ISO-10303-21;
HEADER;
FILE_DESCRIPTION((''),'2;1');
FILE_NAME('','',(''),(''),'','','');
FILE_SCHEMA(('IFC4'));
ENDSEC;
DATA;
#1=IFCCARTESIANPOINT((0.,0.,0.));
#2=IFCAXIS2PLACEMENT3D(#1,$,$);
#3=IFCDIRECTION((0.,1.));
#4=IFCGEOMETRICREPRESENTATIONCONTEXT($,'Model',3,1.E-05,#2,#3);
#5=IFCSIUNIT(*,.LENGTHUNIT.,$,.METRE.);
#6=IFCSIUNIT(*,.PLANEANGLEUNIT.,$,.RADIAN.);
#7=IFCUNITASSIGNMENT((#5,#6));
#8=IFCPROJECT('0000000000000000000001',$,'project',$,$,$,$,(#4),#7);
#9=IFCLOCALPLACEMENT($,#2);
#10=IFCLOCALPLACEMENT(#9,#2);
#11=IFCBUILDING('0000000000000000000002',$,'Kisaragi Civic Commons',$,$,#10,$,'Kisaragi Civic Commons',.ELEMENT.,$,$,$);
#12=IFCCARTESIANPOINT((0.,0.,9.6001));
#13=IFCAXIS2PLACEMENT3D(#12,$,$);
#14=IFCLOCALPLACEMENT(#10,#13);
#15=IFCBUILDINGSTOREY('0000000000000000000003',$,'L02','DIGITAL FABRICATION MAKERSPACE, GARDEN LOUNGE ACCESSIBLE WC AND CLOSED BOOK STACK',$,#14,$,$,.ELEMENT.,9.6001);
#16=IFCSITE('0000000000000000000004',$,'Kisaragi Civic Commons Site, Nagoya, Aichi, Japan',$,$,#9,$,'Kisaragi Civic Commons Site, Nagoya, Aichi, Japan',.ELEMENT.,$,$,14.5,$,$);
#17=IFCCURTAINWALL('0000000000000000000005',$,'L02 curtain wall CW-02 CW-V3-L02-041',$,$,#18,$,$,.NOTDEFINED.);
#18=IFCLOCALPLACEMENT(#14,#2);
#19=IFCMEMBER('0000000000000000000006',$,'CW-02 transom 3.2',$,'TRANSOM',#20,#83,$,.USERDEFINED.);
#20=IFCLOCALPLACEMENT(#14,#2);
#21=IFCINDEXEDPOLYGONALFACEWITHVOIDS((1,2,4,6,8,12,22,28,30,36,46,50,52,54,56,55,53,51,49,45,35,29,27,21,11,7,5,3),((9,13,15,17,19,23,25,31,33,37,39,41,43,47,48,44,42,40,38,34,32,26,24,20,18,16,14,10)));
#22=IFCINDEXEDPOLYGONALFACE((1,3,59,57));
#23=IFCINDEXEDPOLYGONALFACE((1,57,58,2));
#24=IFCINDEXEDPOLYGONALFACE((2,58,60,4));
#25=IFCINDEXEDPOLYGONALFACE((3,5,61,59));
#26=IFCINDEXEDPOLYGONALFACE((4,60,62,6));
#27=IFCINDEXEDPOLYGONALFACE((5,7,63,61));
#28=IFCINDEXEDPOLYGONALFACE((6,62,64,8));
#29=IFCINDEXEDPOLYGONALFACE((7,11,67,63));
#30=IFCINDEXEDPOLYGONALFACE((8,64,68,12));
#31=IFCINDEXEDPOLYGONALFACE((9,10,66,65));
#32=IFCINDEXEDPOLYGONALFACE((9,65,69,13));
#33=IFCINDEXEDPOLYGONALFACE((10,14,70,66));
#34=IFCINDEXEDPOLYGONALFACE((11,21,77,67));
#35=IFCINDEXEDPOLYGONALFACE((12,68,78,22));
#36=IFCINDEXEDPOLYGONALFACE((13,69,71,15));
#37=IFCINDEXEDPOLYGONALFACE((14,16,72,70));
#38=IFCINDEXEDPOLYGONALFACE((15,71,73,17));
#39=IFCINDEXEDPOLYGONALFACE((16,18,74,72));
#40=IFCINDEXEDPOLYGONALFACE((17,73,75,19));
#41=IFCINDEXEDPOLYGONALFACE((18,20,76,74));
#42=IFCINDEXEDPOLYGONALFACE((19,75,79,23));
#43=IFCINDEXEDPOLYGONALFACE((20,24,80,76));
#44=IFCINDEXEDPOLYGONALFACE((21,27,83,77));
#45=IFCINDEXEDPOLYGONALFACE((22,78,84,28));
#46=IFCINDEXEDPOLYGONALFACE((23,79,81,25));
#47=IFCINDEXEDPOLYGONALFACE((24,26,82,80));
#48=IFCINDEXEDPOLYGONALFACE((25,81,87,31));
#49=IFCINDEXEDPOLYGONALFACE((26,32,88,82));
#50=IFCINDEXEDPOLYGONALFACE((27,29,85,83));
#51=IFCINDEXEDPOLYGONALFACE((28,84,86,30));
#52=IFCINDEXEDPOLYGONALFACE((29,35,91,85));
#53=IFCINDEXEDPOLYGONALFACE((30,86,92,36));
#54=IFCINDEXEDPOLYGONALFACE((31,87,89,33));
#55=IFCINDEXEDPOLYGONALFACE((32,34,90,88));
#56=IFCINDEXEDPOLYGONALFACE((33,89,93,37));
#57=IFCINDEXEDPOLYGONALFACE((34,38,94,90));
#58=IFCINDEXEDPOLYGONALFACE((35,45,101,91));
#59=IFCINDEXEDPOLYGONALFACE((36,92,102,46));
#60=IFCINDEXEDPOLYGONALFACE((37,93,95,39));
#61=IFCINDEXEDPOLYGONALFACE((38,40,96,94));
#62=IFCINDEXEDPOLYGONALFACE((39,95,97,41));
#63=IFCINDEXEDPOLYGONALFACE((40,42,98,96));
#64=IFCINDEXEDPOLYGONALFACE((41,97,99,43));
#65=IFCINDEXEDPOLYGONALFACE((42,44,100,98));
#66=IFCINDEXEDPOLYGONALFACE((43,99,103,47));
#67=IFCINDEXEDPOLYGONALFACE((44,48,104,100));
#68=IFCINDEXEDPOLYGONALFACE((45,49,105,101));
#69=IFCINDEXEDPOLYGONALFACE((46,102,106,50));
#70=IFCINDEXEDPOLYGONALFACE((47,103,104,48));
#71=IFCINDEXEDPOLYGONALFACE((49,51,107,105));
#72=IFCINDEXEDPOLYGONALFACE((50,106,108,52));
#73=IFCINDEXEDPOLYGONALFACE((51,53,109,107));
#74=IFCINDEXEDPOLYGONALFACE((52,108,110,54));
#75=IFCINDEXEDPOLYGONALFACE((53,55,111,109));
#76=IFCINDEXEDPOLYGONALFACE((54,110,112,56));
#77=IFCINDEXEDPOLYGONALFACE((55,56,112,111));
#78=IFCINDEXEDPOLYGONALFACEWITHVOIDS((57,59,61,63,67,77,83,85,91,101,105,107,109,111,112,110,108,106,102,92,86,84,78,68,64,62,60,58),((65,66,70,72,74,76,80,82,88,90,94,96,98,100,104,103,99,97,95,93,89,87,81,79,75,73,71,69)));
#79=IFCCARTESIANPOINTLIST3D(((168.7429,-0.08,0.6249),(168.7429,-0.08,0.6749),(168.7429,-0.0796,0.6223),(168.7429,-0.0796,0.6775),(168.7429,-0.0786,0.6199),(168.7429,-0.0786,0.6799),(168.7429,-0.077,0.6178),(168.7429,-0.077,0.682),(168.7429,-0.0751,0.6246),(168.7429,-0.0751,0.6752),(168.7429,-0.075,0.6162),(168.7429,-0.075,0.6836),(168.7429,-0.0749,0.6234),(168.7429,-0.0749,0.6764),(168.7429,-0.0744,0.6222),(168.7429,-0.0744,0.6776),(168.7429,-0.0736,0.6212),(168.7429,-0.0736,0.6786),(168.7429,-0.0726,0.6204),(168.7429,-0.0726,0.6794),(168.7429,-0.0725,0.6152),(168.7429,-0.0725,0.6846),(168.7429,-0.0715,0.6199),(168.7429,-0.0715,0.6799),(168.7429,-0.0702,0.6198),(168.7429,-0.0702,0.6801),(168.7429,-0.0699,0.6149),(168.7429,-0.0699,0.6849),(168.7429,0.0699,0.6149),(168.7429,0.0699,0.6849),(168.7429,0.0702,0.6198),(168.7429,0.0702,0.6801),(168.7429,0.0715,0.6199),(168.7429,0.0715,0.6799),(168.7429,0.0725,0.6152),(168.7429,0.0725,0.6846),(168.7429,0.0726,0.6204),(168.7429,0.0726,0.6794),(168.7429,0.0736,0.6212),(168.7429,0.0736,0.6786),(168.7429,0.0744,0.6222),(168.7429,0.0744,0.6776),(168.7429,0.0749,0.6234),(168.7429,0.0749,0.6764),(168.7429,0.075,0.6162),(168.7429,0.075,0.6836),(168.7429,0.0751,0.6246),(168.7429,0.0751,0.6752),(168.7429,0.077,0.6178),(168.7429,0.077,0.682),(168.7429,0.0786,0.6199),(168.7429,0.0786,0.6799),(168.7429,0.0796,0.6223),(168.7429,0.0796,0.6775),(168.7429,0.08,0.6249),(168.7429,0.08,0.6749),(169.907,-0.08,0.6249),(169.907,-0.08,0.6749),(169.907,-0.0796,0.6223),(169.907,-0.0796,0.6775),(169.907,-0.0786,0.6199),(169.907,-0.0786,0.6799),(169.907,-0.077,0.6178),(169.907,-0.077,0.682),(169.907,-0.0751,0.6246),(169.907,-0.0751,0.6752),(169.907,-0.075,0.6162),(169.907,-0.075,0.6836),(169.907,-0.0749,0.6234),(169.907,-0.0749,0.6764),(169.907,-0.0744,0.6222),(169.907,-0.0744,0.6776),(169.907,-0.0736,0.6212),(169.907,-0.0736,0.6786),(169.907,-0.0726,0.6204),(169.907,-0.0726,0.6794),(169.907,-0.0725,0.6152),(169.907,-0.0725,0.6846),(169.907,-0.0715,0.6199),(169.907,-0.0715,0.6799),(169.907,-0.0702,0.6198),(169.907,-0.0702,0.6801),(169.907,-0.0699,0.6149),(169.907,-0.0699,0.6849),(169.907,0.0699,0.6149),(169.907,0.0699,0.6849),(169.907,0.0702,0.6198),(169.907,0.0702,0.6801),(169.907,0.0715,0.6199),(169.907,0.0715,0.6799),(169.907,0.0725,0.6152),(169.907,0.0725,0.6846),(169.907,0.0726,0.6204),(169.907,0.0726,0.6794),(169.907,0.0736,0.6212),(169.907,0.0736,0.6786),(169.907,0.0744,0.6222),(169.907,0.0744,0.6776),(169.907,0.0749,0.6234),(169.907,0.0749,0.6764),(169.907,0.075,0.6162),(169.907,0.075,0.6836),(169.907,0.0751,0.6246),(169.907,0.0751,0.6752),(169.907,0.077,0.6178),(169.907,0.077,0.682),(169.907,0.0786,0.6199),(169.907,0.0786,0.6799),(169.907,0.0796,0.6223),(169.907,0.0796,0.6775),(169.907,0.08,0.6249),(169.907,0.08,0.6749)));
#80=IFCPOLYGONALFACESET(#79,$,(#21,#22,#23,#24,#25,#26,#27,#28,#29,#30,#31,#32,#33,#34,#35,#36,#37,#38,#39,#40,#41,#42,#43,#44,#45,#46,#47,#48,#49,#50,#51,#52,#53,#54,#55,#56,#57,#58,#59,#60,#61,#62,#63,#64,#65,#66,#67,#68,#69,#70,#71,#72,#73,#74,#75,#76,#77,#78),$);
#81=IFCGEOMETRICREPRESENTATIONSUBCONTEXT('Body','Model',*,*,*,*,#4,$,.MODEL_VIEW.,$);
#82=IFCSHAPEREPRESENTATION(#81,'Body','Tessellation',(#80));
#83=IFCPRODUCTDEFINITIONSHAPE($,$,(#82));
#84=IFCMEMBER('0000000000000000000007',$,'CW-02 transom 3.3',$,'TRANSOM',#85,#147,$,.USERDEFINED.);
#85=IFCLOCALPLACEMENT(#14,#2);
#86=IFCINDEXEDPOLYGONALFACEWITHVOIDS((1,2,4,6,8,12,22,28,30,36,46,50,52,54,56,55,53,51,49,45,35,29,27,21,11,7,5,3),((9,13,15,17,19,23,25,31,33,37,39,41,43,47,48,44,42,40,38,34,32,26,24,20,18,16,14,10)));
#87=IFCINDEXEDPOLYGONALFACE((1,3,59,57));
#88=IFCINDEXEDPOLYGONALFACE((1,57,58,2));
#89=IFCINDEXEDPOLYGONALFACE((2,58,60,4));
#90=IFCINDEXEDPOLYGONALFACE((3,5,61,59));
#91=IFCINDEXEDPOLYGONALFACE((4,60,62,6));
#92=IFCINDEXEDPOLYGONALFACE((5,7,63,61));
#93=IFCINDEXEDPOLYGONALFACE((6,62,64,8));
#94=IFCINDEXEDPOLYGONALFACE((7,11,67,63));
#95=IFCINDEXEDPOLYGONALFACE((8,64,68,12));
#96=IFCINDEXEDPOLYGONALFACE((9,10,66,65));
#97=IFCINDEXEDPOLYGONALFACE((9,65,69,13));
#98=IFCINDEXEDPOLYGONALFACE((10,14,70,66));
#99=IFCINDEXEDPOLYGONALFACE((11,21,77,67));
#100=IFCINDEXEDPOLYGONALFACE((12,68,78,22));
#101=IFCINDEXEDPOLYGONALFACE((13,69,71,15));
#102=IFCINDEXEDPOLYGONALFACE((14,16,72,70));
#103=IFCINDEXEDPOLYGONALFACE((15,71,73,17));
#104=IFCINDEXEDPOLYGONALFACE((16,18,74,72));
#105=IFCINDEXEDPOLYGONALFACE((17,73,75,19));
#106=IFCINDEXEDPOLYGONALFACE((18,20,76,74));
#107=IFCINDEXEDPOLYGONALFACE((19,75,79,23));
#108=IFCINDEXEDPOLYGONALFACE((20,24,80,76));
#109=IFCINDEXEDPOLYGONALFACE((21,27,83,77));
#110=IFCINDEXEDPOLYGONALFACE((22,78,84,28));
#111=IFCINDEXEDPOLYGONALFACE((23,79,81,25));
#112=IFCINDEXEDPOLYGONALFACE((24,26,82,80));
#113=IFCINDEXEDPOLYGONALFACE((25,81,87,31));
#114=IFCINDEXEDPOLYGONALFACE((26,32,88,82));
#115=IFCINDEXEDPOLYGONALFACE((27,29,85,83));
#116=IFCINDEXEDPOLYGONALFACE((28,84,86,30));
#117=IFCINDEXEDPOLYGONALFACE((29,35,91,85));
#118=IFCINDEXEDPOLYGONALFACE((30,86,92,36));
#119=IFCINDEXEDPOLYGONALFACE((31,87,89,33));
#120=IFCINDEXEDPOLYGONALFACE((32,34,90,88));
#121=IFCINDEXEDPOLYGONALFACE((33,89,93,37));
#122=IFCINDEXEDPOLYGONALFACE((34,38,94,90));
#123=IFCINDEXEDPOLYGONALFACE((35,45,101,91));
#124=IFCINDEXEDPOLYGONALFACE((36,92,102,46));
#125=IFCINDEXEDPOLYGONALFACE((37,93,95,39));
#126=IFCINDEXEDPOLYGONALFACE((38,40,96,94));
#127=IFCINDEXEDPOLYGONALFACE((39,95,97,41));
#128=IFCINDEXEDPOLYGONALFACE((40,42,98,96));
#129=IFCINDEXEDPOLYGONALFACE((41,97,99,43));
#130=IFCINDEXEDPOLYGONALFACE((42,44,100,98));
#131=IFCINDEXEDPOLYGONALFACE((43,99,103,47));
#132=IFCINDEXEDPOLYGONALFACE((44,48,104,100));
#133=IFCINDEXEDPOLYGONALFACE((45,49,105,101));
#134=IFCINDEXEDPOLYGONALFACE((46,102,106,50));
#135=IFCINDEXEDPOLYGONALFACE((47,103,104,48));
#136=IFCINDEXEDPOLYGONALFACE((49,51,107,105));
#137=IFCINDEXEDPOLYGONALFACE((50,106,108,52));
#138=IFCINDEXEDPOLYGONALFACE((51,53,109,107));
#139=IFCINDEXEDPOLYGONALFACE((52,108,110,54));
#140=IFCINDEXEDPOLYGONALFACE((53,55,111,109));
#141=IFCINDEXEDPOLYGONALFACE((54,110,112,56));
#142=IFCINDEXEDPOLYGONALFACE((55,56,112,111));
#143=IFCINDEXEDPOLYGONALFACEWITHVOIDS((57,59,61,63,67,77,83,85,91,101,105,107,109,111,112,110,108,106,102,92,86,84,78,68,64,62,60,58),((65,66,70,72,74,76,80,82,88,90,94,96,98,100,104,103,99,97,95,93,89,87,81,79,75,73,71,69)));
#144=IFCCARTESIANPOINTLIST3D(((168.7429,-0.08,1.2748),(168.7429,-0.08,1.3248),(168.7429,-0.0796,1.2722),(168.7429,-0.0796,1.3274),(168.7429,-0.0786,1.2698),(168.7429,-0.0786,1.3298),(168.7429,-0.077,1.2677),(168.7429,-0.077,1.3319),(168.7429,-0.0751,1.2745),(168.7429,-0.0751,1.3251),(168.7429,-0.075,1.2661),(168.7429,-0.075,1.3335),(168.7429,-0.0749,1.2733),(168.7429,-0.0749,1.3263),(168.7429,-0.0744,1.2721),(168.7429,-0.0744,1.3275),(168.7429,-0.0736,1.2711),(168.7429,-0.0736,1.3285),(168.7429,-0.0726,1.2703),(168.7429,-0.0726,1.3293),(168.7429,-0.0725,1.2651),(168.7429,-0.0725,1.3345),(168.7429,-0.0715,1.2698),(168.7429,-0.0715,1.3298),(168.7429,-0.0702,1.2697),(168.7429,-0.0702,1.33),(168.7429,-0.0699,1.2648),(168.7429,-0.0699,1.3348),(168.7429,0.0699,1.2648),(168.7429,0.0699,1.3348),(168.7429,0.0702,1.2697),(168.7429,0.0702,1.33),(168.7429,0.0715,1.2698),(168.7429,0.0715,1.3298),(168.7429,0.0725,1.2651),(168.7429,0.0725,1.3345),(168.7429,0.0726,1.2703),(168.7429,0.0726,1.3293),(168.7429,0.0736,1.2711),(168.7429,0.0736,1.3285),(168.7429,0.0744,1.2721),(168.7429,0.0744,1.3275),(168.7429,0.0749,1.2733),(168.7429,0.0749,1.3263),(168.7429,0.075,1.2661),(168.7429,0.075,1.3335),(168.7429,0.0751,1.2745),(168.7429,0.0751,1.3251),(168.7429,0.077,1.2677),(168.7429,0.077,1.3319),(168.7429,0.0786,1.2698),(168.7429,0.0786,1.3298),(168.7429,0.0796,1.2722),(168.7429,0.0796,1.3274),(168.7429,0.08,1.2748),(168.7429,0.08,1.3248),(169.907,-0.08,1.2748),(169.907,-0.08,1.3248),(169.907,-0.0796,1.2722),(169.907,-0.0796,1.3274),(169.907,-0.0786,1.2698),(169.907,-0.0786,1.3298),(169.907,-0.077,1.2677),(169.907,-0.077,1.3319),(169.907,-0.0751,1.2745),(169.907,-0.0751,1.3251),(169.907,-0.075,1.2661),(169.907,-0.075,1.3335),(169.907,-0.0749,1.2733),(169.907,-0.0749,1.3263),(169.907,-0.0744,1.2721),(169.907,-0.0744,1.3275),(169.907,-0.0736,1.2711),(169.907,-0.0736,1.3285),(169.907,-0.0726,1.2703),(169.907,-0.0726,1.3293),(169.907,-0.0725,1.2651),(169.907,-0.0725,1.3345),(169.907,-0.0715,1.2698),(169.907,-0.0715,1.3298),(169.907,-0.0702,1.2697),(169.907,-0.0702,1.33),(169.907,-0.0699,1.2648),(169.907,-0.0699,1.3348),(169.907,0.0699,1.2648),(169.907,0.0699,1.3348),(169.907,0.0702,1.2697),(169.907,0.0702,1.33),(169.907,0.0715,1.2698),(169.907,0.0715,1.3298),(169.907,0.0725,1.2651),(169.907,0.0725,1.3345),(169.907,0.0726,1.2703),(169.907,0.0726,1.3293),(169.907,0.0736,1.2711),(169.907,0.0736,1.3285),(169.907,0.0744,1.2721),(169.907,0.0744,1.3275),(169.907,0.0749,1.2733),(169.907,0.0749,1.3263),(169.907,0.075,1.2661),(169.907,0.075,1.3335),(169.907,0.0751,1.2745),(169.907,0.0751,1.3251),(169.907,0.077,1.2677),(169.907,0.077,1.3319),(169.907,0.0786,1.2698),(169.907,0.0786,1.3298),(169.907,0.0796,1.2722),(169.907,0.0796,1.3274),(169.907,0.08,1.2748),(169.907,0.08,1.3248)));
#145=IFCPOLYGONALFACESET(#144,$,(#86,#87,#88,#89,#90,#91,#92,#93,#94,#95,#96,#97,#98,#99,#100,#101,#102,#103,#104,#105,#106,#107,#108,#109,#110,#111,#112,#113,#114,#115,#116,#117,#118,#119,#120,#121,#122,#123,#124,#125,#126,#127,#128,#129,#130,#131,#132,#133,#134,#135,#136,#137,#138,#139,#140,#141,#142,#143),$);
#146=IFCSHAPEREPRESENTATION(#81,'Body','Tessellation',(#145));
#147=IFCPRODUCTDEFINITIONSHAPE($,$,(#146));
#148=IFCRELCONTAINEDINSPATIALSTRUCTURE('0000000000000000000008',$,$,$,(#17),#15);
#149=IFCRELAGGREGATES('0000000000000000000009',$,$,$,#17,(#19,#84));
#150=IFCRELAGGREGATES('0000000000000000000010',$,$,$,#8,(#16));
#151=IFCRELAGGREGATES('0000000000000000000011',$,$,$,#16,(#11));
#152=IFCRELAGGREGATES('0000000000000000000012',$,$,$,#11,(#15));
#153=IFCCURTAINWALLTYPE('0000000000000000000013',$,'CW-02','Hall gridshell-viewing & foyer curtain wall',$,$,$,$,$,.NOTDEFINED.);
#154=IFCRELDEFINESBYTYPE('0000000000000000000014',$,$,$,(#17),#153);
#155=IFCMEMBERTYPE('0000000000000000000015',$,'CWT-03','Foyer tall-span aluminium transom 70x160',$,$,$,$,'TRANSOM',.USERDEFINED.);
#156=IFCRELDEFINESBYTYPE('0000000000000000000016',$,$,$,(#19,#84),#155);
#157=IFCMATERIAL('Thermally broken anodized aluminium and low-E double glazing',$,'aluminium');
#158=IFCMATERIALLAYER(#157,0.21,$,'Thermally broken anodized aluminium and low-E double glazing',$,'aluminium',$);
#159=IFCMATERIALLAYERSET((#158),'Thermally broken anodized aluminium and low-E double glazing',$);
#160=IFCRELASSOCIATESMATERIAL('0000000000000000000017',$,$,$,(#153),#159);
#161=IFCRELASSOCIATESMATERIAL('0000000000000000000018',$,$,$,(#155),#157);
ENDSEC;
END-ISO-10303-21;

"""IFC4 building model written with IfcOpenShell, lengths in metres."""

from ifc_helpers import new_model, si_unit, direction, frame, origin, origin_2d, place, context, subcontext, project, spatial, hollow_rectangle, extrude, material, layer, layer_set, material_profile, profile_set, type_object, element, aggregate, save


model = new_model("IFC4")

# Units and contexts
model_context = context("Model", 3, precision=1e-05, world=origin(), true_north=direction((0.0, 1.0)))
body_context = subcontext(model_context, "Body", "Model", "MODEL_VIEW")
ifc_project = project(units=[si_unit("LENGTHUNIT", "METRE"), si_unit("PLANEANGLEUNIT", "RADIAN")], contexts=[model_context])

# Site, building, storey
site_placement = place(None, origin())
site = spatial("IfcSite", under=ifc_project, at=site_placement, Name="Kisaragi Civic Commons Site, Nagoya, Aichi, Japan", LongName="Kisaragi Civic Commons Site, Nagoya, Aichi, Japan", CompositionType="ELEMENT", RefElevation=14.5)
building_placement = place(site_placement, origin())
building = spatial("IfcBuilding", under=site, at=building_placement, Name="Kisaragi Civic Commons", LongName="Kisaragi Civic Commons", CompositionType="ELEMENT")
storey_placement = place(building_placement, frame((0.0, 0.0, 9.6001)))
storey = spatial("IfcBuildingStorey", under=building, at=storey_placement, Name="L02", Description="DIGITAL FABRICATION MAKERSPACE, GARDEN LOUNGE ACCESSIBLE WC AND CLOSED BOOK STACK", CompositionType="ELEMENT", Elevation=9.6001)

# Curtain wall, members
ifc_material_1 = material(Name="Thermally broken anodized aluminium and low-E double glazing", Category="aluminium")
ifc_layer_1 = layer(ifc_material_1, 0.21, Name="Thermally broken anodized aluminium and low-E double glazing", Category="aluminium")
ifc_layer_set_1 = layer_set([ifc_layer_1], Name="Thermally broken anodized aluminium and low-E double glazing")
curtain_wall_type = type_object("IfcCurtainWallType", Name="CW-02", Description="Hall gridshell-viewing & foyer curtain wall", PredefinedType="NOTDEFINED", material=ifc_layer_set_1)
curtain_wall_placement = place(storey_placement, origin())
curtain_wall = element("IfcCurtainWall", 1, at=curtain_wall_placement, inside=storey, type_object=curtain_wall_type, Name="L02 curtain wall CW-02 CW-V3-L02-041", PredefinedType="NOTDEFINED")
ifc_material_profile_1 = material_profile(ifc_material_1, hollow_rectangle(XDim=0.1599, YDim=0.0701, WallThickness=0.0049, InnerFilletRadius=0.0049, OuterFilletRadius=0.01, at=origin_2d()), Name="CWT-70x160x5", Category="aluminium")
ifc_profile_set_1 = profile_set([ifc_material_profile_1], Name="Thermally broken anodized aluminium and low-E double glazing")
member_type_1 = type_object("IfcMemberType", Name="CWT-03", Description="Foyer tall-span aluminium transom 70x160", ElementType="TRANSOM", PredefinedType="USERDEFINED", material=ifc_profile_set_1)
member_1_placement = place(storey_placement, frame((169.907, 0.0, 0.6499), z_axis=(-1.0, 0.0, 0.0), x_axis=(0.0, -1.0, 0.0)))
member_1 = element("IfcMember", 2, at=member_1_placement, type_object=member_type_1, Name="CW-02 transom 3.2", ObjectType="TRANSOM", PredefinedType="USERDEFINED", context=body_context, shape_type="SweptSolid", body=[
    extrude(hollow_rectangle(XDim=0.1599, YDim=0.0701, WallThickness=0.0049, InnerFilletRadius=0.0049, OuterFilletRadius=0.01, at=origin_2d()), origin(), (0.0, 0.0, 1.0), 1.1641),
])
member_2_placement = place(storey_placement, frame((169.907, 0.0, 1.2998), z_axis=(-1.0, 0.0, 0.0), x_axis=(0.0, -1.0, 0.0)))
member_2 = element("IfcMember", 3, at=member_2_placement, type_object=member_type_1, Name="CW-02 transom 3.3", ObjectType="TRANSOM", PredefinedType="USERDEFINED", context=body_context, shape_type="SweptSolid", body=[
    extrude(hollow_rectangle(XDim=0.1599, YDim=0.0701, WallThickness=0.0049, InnerFilletRadius=0.0049, OuterFilletRadius=0.01, at=origin_2d()), origin(), (0.0, 0.0, 1.0), 1.1641),
])
aggregate(curtain_wall, [member_1, member_2])

save(model, "model.ifc")
